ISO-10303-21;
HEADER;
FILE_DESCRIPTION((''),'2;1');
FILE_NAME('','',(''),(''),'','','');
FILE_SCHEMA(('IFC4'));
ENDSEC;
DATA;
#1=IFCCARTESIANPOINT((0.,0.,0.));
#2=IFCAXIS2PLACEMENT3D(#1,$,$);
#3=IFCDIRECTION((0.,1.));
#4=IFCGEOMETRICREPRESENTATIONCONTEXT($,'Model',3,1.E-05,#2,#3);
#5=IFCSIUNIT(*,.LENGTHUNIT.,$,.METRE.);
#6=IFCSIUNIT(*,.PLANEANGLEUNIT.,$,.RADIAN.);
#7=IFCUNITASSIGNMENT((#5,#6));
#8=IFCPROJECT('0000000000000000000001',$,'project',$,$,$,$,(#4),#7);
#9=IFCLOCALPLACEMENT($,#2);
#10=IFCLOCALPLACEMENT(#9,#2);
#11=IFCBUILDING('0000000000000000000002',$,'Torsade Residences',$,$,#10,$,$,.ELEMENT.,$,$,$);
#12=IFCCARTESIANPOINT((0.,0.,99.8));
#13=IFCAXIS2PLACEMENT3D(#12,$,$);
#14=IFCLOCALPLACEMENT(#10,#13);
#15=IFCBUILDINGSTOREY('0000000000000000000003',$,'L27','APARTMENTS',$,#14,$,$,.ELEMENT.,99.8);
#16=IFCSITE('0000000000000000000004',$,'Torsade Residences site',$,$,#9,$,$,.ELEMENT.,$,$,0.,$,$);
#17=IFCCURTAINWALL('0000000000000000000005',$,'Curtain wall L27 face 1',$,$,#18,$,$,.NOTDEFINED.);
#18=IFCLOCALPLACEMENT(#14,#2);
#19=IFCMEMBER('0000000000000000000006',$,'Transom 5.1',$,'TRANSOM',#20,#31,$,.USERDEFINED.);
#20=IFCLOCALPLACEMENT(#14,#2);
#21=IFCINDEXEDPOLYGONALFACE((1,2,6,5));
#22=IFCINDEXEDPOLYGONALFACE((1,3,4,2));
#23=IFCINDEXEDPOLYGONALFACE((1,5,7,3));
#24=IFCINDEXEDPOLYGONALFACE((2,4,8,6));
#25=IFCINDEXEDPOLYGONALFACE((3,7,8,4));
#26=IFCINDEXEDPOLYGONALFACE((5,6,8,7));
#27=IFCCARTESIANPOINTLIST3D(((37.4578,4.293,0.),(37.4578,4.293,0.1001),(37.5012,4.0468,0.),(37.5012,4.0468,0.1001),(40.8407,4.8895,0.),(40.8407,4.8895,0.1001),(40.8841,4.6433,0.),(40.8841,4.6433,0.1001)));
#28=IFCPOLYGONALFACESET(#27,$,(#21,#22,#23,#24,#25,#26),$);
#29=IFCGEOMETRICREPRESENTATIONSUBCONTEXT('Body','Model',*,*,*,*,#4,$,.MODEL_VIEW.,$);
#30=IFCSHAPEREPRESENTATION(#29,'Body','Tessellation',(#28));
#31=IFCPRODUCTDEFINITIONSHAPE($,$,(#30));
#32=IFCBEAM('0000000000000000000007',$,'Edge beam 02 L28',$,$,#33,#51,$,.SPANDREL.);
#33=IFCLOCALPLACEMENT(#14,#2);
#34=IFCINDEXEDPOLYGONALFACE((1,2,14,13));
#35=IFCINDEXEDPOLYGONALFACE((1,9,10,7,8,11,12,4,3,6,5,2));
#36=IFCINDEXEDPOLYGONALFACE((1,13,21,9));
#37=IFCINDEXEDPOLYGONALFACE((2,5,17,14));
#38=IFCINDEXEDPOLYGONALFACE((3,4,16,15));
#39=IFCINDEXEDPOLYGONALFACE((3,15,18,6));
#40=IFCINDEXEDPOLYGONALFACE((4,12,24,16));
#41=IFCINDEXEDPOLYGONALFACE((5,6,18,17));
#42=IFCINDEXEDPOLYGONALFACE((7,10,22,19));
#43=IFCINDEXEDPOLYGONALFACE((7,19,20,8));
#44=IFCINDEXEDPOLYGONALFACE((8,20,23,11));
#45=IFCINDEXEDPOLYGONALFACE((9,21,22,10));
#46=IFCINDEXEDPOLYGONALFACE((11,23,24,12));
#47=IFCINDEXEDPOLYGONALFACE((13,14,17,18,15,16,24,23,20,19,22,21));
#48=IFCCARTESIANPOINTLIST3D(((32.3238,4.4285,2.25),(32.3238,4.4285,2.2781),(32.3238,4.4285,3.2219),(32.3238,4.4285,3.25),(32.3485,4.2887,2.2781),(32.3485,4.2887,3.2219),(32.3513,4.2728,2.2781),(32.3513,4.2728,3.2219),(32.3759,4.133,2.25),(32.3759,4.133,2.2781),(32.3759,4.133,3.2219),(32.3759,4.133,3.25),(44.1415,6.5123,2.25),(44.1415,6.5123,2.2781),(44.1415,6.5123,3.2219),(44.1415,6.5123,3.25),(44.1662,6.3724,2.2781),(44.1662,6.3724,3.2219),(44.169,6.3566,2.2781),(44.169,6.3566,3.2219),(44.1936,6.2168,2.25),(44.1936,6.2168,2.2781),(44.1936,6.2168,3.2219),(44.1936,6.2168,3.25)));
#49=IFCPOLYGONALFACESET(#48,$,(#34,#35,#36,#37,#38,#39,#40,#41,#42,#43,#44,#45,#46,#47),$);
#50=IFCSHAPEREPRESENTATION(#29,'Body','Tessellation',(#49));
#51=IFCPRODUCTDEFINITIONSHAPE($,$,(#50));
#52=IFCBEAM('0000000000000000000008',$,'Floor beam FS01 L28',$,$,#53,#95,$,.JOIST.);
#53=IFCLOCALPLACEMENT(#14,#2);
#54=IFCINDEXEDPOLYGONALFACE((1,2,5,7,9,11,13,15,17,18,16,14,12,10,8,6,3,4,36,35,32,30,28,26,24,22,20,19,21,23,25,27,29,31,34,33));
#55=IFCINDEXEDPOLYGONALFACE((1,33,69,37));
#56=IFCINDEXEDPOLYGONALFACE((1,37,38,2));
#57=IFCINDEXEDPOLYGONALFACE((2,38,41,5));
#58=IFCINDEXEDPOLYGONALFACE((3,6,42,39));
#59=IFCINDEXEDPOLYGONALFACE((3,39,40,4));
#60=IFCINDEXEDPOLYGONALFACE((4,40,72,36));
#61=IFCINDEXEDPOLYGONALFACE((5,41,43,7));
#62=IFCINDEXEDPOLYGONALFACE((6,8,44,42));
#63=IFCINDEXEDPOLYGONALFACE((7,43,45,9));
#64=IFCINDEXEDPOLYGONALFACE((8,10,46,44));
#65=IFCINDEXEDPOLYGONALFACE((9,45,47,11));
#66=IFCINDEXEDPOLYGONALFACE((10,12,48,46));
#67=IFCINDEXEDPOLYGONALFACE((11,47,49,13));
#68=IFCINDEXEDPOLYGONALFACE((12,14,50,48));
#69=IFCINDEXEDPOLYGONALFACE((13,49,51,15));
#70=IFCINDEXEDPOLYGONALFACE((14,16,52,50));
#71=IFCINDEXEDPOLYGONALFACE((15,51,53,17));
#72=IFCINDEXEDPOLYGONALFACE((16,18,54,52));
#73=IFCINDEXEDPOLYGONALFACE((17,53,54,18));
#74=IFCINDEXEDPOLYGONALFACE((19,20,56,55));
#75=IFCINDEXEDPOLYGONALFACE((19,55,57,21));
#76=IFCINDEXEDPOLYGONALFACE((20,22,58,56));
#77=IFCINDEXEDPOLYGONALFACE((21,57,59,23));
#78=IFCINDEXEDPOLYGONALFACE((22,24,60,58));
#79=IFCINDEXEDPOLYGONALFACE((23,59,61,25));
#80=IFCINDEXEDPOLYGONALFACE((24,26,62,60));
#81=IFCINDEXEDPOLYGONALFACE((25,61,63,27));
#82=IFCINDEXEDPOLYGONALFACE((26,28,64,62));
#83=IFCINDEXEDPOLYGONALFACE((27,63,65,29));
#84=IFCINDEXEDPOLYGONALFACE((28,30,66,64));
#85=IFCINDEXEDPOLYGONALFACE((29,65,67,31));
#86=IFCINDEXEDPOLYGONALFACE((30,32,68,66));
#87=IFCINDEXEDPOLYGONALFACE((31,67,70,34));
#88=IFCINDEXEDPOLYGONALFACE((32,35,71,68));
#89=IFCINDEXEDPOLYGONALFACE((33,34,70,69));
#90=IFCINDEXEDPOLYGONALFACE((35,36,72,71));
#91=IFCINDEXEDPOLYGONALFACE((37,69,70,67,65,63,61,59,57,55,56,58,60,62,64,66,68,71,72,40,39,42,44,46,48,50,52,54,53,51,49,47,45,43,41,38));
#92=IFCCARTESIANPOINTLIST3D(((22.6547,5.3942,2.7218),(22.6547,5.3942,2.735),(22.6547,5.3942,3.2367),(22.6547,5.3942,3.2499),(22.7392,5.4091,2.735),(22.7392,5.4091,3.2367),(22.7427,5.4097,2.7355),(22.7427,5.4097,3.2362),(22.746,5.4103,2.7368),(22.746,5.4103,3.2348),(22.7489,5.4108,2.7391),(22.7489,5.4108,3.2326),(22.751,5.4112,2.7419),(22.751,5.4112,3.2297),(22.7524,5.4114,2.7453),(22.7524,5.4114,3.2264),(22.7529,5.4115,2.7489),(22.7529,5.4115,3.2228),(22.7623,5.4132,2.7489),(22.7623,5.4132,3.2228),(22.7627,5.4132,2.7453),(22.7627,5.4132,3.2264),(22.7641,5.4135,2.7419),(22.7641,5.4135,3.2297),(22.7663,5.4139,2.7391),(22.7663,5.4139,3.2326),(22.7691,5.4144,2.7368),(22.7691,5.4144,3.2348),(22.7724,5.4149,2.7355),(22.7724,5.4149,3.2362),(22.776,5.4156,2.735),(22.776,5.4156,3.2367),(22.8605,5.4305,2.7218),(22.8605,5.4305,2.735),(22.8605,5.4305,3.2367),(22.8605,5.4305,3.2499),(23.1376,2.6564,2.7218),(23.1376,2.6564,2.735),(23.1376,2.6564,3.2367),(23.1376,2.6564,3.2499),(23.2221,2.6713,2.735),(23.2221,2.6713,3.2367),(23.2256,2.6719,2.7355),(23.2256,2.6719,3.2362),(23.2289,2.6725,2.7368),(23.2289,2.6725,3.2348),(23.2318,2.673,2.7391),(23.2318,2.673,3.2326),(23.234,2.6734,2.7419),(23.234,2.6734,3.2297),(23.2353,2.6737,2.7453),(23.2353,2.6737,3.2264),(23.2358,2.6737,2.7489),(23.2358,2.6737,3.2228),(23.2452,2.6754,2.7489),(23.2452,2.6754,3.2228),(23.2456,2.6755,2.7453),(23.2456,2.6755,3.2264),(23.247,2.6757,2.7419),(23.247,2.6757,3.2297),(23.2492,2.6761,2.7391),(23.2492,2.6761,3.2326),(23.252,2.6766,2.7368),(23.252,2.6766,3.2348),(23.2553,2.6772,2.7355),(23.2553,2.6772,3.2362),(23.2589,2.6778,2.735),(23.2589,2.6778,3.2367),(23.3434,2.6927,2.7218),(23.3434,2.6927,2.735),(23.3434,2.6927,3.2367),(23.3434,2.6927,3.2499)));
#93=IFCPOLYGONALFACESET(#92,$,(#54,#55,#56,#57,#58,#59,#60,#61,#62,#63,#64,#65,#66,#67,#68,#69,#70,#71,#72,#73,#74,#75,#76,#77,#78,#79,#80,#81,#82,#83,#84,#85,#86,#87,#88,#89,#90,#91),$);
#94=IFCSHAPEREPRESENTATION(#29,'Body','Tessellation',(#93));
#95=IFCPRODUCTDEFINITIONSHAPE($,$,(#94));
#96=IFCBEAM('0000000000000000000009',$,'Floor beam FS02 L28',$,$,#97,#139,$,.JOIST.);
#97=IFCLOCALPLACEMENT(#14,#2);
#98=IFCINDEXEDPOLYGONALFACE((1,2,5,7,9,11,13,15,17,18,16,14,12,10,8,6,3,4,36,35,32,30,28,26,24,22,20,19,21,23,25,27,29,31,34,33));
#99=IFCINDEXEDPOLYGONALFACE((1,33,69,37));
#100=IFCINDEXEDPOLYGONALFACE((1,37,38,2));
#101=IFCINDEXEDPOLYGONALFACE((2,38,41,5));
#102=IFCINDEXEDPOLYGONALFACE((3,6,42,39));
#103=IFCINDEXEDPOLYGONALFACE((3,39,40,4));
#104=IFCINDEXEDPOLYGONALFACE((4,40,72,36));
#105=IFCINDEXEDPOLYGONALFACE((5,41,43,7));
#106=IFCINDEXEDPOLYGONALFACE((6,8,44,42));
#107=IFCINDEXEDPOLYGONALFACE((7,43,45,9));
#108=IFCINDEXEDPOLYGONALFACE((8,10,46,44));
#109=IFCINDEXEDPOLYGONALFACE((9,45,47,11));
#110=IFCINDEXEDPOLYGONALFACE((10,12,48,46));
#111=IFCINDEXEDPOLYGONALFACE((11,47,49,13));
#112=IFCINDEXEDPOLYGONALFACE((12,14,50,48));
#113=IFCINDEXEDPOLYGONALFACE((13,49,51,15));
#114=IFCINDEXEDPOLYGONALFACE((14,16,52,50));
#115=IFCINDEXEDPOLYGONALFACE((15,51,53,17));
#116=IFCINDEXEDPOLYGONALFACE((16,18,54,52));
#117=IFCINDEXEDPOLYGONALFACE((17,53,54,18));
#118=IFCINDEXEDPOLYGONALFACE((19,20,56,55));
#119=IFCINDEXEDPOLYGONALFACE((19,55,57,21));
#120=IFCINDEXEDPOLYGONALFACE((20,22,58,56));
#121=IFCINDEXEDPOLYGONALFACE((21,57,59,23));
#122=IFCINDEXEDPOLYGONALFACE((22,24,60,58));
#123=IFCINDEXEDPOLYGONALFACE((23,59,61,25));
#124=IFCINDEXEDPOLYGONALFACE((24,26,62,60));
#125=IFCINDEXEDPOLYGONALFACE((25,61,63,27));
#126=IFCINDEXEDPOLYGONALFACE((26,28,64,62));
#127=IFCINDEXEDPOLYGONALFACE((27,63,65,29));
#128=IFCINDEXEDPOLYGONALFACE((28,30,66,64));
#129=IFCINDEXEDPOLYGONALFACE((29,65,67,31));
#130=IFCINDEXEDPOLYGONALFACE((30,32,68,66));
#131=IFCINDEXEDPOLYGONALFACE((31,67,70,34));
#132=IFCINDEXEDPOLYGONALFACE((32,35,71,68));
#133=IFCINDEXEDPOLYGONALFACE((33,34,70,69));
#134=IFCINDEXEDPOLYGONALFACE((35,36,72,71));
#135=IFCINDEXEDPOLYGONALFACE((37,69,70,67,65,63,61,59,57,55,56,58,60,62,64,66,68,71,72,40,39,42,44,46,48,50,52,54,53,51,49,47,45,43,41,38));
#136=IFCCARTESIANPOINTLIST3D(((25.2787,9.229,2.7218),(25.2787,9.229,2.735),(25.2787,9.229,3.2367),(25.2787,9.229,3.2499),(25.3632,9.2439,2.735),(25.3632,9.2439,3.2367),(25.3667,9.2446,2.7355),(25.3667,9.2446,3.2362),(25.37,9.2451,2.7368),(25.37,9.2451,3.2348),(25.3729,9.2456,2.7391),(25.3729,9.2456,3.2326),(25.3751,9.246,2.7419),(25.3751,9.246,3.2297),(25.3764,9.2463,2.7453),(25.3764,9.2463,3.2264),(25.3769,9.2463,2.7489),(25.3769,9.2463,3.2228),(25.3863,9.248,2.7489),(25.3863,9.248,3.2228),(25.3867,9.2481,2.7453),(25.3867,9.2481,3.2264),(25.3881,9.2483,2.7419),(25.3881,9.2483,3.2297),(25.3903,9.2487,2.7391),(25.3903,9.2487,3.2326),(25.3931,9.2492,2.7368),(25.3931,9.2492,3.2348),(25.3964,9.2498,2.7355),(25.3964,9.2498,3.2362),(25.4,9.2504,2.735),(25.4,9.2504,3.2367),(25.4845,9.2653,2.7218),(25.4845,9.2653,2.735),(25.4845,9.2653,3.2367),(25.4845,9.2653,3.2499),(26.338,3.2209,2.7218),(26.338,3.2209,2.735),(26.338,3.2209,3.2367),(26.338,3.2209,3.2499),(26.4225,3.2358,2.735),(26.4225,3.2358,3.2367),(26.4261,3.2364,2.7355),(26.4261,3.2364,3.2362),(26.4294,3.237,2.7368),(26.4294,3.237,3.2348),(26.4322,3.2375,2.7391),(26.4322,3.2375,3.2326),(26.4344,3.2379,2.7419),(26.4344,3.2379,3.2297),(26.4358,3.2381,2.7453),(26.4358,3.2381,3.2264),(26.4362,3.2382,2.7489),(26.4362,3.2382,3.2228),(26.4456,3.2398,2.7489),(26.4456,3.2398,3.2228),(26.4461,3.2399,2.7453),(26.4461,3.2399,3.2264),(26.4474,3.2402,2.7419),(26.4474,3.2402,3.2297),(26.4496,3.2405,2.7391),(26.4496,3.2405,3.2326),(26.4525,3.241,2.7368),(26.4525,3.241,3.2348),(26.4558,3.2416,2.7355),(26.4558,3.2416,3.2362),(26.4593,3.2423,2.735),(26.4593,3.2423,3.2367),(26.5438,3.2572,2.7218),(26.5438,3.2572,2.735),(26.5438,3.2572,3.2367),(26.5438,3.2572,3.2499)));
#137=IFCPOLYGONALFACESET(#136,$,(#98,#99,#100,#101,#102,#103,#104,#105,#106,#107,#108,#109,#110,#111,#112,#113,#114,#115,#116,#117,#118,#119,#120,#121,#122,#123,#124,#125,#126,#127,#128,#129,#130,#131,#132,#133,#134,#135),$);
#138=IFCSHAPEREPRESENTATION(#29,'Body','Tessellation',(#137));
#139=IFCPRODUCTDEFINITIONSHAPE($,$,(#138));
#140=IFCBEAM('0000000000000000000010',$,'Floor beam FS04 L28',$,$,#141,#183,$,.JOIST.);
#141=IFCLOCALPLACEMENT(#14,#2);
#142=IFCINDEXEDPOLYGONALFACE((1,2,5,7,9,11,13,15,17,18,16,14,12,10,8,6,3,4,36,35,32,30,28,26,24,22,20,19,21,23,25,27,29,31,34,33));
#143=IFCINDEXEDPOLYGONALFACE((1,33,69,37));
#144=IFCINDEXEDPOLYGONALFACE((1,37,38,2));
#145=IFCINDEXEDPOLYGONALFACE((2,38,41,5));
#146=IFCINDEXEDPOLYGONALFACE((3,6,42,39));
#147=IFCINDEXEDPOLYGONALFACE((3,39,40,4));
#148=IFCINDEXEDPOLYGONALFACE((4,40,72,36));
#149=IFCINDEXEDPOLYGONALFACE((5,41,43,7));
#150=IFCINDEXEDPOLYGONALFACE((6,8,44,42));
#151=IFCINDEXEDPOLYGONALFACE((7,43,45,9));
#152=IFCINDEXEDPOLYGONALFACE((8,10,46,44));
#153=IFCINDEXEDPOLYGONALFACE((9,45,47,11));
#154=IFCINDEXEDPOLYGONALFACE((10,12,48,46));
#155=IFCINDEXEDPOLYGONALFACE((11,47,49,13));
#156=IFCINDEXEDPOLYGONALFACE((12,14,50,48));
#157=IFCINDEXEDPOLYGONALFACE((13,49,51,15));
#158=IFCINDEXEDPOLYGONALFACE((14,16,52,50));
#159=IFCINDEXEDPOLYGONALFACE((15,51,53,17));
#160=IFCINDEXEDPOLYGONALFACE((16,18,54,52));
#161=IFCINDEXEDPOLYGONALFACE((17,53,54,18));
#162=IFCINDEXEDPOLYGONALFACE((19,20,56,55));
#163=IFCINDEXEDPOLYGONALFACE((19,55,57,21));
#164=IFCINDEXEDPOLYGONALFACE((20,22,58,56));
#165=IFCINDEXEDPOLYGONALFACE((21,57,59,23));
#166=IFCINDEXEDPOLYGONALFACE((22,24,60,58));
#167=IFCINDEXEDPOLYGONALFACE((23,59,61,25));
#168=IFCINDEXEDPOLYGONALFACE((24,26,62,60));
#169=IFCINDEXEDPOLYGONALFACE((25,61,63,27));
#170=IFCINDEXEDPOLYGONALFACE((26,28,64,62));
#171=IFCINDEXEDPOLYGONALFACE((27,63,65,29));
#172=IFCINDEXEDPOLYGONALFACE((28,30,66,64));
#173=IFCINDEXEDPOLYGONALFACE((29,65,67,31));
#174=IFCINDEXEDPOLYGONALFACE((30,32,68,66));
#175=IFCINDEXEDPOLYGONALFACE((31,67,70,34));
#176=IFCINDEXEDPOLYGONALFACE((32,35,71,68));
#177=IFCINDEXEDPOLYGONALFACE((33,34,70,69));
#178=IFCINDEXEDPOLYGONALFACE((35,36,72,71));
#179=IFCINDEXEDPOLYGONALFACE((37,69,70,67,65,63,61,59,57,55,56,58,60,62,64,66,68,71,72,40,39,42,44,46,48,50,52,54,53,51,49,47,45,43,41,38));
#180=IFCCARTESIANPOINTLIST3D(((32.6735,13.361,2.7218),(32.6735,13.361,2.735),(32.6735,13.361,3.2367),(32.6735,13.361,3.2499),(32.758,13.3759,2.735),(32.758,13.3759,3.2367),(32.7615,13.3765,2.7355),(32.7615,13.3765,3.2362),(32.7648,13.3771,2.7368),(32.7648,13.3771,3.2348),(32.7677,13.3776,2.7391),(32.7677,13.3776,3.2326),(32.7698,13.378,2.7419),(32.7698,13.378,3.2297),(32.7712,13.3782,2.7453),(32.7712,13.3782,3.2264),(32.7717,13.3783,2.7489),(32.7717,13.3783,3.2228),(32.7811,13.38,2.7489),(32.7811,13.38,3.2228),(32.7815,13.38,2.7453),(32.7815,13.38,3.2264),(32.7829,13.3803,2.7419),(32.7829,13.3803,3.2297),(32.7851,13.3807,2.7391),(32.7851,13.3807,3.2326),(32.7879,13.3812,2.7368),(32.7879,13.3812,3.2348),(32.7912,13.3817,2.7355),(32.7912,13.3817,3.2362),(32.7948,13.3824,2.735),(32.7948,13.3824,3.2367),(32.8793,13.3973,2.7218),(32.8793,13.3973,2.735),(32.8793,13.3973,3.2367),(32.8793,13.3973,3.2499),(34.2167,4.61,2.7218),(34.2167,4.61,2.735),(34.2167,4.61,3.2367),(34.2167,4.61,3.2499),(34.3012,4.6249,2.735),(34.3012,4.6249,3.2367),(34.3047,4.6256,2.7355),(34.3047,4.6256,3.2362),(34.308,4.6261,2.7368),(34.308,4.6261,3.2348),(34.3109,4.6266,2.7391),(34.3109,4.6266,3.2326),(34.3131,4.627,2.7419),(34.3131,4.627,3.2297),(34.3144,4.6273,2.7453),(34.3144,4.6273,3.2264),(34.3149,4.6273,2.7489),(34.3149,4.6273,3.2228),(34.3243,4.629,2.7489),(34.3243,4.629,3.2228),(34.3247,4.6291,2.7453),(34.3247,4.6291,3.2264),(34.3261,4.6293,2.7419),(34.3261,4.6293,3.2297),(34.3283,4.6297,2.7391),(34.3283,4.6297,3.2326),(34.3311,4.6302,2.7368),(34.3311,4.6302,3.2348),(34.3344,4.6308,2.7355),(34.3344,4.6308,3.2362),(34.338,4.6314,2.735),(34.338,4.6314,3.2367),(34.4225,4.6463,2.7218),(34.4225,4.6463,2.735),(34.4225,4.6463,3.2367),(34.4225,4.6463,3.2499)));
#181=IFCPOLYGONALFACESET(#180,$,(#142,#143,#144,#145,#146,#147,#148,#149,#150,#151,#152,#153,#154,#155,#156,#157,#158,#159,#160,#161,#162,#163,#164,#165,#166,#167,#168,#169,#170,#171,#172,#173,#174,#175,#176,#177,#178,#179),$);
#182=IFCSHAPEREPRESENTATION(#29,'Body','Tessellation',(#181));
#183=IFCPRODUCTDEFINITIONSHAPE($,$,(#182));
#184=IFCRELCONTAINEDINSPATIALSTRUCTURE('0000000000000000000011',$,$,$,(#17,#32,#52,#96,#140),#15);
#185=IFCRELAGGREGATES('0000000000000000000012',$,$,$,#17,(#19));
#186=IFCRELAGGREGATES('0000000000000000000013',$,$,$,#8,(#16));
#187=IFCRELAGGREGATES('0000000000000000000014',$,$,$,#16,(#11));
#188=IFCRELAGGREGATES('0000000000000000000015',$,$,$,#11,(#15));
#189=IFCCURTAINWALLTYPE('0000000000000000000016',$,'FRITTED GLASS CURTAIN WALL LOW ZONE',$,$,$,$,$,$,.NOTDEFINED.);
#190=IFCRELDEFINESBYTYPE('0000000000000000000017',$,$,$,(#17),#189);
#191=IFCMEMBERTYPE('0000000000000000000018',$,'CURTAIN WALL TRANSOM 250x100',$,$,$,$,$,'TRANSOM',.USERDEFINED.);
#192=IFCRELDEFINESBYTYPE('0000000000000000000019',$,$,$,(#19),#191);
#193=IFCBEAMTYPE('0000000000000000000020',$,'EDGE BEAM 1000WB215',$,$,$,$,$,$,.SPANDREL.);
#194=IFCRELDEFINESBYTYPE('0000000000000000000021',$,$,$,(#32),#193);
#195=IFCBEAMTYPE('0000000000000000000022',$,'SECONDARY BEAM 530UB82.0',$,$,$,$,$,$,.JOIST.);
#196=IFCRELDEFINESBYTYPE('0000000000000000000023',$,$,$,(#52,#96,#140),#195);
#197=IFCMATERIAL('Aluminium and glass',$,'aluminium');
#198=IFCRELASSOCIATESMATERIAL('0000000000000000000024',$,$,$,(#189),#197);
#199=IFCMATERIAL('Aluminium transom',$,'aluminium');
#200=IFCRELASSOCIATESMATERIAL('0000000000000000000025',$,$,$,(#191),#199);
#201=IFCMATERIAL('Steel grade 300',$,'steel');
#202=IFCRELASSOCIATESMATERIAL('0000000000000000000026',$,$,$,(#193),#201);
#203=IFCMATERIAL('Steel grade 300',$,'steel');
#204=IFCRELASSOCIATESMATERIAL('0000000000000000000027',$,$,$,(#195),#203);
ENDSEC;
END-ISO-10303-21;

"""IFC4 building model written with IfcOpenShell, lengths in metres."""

from ifc_helpers import new_model, si_unit, direction, frame, origin, origin_2d, place, context, subcontext, project, spatial, rectangle, i_section, extrude, material, material_profile, profile_set, type_object, element, aggregate, save


model = new_model("IFC4")

# Units and contexts
model_context = context("Model", 3, precision=1e-05, world=origin(), true_north=direction((0.0, 1.0)))
body_context = subcontext(model_context, "Body", "Model", "MODEL_VIEW")
ifc_project = project(units=[si_unit("LENGTHUNIT", "METRE"), si_unit("PLANEANGLEUNIT", "RADIAN")], contexts=[model_context])

# Site, building, storey
site_placement = place(None, origin())
site = spatial("IfcSite", under=ifc_project, at=site_placement, Name="Torsade Residences site", CompositionType="ELEMENT", RefElevation=0.0)
building_placement = place(site_placement, origin())
building = spatial("IfcBuilding", under=site, at=building_placement, Name="Torsade Residences", CompositionType="ELEMENT")
storey_placement = place(building_placement, frame((0.0, 0.0, 99.8)))
storey = spatial("IfcBuildingStorey", under=building, at=storey_placement, Name="L27", Description="APARTMENTS", CompositionType="ELEMENT", Elevation=99.8)

# Curtain wall, member
ifc_material_1 = material(Name="Aluminium and glass", Category="aluminium")
curtain_wall_type = type_object("IfcCurtainWallType", Name="FRITTED GLASS CURTAIN WALL LOW ZONE", PredefinedType="NOTDEFINED", material=ifc_material_1)
curtain_wall_placement = place(storey_placement, origin())
curtain_wall = element("IfcCurtainWall", 1, at=curtain_wall_placement, inside=storey, type_object=curtain_wall_type, Name="Curtain wall L27 face 1", PredefinedType="NOTDEFINED")
ifc_material_2 = material(Name="Aluminium transom", Category="aluminium")
ifc_material_profile_1 = material_profile(ifc_material_2, rectangle(XDim=0.25, YDim=0.1001, at=origin_2d()), Name="CURTAIN WALL TRANSOM 250x100")
ifc_profile_set_1 = profile_set([ifc_material_profile_1], Name="Aluminium transom")
member_type_1 = type_object("IfcMemberType", Name="CURTAIN WALL TRANSOM 250x100", ElementType="TRANSOM", PredefinedType="USERDEFINED", material=ifc_profile_set_1)
member_1_placement = place(storey_placement, frame((37.4795, 4.1699, 0.05), z_axis=(0.98481, 0.173635, 0.0), x_axis=(-0.173635, 0.98481, 0.0)))
member_1 = element("IfcMember", 2, at=member_1_placement, type_object=member_type_1, Name="Transom 5.1", ObjectType="TRANSOM", PredefinedType="USERDEFINED", context=body_context, shape_type="SweptSolid", body=[
    extrude(rectangle(XDim=0.25, YDim=0.1001, at=origin_2d()), origin(), (0.0, 0.0, 1.0), 3.4351),
])

# Beams
ifc_material_3 = material(Name="Steel grade 300", Category="steel")
ifc_material_profile_2 = material_profile(ifc_material_3, i_section(OverallWidth=0.3, OverallDepth=1.0, WebThickness=0.0161, FlangeThickness=0.0281, at=origin_2d()), Name="1000WB215")
ifc_profile_set_2 = profile_set([ifc_material_profile_2], Name="Steel grade 300")
beam_type_1 = type_object("IfcBeamType", Name="EDGE BEAM 1000WB215", PredefinedType="SPANDREL", material=ifc_profile_set_2)
beam_1_placement = place(storey_placement, frame((32.3499, 4.2808, 2.75), z_axis=(0.984808, 0.173646, 0.0), x_axis=(-0.173646, 0.984808, 0.0)))
element("IfcBeam", 3, at=beam_1_placement, inside=storey, type_object=beam_type_1, Name="Edge beam 02 L28", PredefinedType="SPANDREL", context=body_context, shape_type="SweptSolid", body=[
    extrude(i_section(OverallWidth=0.3, OverallDepth=1.0, WebThickness=0.0161, FlangeThickness=0.0281, at=origin_2d()), origin(), (0.0, 0.0, 1.0), 12.0),
])
ifc_material_4 = material(Name="Steel grade 300", Category="steel")
ifc_material_profile_3 = material_profile(ifc_material_4, i_section(OverallWidth=0.209, OverallDepth=0.5281, WebThickness=0.0095, FlangeThickness=0.0132, FilletRadius=0.0139, at=origin_2d()), Name="530UB82.0")
ifc_profile_set_3 = profile_set([ifc_material_profile_3], Name="Steel grade 300")
beam_type_2 = type_object("IfcBeamType", Name="SECONDARY BEAM 530UB82.0", PredefinedType="JOIST", material=ifc_profile_set_3)
beam_2_placement = place(storey_placement, frame((23.2405, 2.6746, 2.9858), z_axis=(-0.173705, 0.984798, 0.0), x_axis=(-0.984798, -0.173705, 0.0)))
element("IfcBeam", 4, at=beam_2_placement, inside=storey, type_object=beam_type_2, Name="Floor beam FS01 L28", PredefinedType="JOIST", context=body_context, shape_type="SweptSolid", body=[
    extrude(i_section(OverallWidth=0.209, OverallDepth=0.5281, WebThickness=0.0095, FlangeThickness=0.0132, FilletRadius=0.0139, at=origin_2d()), origin(), (0.0, 0.0, 1.0), 2.78),
])
beam_3_placement = place(storey_placement, frame((26.4409, 3.239, 2.9858), z_axis=(-0.173639, 0.984809, 0.0), x_axis=(-0.984809, -0.173639, 0.0)))
element("IfcBeam", 5, at=beam_3_placement, inside=storey, type_object=beam_type_2, Name="Floor beam FS02 L28", PredefinedType="JOIST", context=body_context, shape_type="SweptSolid", body=[
    extrude(i_section(OverallWidth=0.209, OverallDepth=0.5281, WebThickness=0.0095, FlangeThickness=0.0132, FilletRadius=0.0139, at=origin_2d()), origin(), (0.0, 0.0, 1.0), 6.1008),
])
beam_4_placement = place(storey_placement, frame((34.3196, 4.6282, 2.9858), z_axis=(-0.173668, 0.984804, 0.0), x_axis=(-0.984804, -0.173668, 0.0)))
element("IfcBeam", 6, at=beam_4_placement, inside=storey, type_object=beam_type_2, Name="Floor beam FS04 L28", PredefinedType="JOIST", context=body_context, shape_type="SweptSolid", body=[
    extrude(i_section(OverallWidth=0.209, OverallDepth=0.5281, WebThickness=0.0095, FlangeThickness=0.0132, FilletRadius=0.0139, at=origin_2d()), origin(), (0.0, 0.0, 1.0), 8.886),
])

aggregate(curtain_wall, [member_1])

save(model, "model.ifc")
